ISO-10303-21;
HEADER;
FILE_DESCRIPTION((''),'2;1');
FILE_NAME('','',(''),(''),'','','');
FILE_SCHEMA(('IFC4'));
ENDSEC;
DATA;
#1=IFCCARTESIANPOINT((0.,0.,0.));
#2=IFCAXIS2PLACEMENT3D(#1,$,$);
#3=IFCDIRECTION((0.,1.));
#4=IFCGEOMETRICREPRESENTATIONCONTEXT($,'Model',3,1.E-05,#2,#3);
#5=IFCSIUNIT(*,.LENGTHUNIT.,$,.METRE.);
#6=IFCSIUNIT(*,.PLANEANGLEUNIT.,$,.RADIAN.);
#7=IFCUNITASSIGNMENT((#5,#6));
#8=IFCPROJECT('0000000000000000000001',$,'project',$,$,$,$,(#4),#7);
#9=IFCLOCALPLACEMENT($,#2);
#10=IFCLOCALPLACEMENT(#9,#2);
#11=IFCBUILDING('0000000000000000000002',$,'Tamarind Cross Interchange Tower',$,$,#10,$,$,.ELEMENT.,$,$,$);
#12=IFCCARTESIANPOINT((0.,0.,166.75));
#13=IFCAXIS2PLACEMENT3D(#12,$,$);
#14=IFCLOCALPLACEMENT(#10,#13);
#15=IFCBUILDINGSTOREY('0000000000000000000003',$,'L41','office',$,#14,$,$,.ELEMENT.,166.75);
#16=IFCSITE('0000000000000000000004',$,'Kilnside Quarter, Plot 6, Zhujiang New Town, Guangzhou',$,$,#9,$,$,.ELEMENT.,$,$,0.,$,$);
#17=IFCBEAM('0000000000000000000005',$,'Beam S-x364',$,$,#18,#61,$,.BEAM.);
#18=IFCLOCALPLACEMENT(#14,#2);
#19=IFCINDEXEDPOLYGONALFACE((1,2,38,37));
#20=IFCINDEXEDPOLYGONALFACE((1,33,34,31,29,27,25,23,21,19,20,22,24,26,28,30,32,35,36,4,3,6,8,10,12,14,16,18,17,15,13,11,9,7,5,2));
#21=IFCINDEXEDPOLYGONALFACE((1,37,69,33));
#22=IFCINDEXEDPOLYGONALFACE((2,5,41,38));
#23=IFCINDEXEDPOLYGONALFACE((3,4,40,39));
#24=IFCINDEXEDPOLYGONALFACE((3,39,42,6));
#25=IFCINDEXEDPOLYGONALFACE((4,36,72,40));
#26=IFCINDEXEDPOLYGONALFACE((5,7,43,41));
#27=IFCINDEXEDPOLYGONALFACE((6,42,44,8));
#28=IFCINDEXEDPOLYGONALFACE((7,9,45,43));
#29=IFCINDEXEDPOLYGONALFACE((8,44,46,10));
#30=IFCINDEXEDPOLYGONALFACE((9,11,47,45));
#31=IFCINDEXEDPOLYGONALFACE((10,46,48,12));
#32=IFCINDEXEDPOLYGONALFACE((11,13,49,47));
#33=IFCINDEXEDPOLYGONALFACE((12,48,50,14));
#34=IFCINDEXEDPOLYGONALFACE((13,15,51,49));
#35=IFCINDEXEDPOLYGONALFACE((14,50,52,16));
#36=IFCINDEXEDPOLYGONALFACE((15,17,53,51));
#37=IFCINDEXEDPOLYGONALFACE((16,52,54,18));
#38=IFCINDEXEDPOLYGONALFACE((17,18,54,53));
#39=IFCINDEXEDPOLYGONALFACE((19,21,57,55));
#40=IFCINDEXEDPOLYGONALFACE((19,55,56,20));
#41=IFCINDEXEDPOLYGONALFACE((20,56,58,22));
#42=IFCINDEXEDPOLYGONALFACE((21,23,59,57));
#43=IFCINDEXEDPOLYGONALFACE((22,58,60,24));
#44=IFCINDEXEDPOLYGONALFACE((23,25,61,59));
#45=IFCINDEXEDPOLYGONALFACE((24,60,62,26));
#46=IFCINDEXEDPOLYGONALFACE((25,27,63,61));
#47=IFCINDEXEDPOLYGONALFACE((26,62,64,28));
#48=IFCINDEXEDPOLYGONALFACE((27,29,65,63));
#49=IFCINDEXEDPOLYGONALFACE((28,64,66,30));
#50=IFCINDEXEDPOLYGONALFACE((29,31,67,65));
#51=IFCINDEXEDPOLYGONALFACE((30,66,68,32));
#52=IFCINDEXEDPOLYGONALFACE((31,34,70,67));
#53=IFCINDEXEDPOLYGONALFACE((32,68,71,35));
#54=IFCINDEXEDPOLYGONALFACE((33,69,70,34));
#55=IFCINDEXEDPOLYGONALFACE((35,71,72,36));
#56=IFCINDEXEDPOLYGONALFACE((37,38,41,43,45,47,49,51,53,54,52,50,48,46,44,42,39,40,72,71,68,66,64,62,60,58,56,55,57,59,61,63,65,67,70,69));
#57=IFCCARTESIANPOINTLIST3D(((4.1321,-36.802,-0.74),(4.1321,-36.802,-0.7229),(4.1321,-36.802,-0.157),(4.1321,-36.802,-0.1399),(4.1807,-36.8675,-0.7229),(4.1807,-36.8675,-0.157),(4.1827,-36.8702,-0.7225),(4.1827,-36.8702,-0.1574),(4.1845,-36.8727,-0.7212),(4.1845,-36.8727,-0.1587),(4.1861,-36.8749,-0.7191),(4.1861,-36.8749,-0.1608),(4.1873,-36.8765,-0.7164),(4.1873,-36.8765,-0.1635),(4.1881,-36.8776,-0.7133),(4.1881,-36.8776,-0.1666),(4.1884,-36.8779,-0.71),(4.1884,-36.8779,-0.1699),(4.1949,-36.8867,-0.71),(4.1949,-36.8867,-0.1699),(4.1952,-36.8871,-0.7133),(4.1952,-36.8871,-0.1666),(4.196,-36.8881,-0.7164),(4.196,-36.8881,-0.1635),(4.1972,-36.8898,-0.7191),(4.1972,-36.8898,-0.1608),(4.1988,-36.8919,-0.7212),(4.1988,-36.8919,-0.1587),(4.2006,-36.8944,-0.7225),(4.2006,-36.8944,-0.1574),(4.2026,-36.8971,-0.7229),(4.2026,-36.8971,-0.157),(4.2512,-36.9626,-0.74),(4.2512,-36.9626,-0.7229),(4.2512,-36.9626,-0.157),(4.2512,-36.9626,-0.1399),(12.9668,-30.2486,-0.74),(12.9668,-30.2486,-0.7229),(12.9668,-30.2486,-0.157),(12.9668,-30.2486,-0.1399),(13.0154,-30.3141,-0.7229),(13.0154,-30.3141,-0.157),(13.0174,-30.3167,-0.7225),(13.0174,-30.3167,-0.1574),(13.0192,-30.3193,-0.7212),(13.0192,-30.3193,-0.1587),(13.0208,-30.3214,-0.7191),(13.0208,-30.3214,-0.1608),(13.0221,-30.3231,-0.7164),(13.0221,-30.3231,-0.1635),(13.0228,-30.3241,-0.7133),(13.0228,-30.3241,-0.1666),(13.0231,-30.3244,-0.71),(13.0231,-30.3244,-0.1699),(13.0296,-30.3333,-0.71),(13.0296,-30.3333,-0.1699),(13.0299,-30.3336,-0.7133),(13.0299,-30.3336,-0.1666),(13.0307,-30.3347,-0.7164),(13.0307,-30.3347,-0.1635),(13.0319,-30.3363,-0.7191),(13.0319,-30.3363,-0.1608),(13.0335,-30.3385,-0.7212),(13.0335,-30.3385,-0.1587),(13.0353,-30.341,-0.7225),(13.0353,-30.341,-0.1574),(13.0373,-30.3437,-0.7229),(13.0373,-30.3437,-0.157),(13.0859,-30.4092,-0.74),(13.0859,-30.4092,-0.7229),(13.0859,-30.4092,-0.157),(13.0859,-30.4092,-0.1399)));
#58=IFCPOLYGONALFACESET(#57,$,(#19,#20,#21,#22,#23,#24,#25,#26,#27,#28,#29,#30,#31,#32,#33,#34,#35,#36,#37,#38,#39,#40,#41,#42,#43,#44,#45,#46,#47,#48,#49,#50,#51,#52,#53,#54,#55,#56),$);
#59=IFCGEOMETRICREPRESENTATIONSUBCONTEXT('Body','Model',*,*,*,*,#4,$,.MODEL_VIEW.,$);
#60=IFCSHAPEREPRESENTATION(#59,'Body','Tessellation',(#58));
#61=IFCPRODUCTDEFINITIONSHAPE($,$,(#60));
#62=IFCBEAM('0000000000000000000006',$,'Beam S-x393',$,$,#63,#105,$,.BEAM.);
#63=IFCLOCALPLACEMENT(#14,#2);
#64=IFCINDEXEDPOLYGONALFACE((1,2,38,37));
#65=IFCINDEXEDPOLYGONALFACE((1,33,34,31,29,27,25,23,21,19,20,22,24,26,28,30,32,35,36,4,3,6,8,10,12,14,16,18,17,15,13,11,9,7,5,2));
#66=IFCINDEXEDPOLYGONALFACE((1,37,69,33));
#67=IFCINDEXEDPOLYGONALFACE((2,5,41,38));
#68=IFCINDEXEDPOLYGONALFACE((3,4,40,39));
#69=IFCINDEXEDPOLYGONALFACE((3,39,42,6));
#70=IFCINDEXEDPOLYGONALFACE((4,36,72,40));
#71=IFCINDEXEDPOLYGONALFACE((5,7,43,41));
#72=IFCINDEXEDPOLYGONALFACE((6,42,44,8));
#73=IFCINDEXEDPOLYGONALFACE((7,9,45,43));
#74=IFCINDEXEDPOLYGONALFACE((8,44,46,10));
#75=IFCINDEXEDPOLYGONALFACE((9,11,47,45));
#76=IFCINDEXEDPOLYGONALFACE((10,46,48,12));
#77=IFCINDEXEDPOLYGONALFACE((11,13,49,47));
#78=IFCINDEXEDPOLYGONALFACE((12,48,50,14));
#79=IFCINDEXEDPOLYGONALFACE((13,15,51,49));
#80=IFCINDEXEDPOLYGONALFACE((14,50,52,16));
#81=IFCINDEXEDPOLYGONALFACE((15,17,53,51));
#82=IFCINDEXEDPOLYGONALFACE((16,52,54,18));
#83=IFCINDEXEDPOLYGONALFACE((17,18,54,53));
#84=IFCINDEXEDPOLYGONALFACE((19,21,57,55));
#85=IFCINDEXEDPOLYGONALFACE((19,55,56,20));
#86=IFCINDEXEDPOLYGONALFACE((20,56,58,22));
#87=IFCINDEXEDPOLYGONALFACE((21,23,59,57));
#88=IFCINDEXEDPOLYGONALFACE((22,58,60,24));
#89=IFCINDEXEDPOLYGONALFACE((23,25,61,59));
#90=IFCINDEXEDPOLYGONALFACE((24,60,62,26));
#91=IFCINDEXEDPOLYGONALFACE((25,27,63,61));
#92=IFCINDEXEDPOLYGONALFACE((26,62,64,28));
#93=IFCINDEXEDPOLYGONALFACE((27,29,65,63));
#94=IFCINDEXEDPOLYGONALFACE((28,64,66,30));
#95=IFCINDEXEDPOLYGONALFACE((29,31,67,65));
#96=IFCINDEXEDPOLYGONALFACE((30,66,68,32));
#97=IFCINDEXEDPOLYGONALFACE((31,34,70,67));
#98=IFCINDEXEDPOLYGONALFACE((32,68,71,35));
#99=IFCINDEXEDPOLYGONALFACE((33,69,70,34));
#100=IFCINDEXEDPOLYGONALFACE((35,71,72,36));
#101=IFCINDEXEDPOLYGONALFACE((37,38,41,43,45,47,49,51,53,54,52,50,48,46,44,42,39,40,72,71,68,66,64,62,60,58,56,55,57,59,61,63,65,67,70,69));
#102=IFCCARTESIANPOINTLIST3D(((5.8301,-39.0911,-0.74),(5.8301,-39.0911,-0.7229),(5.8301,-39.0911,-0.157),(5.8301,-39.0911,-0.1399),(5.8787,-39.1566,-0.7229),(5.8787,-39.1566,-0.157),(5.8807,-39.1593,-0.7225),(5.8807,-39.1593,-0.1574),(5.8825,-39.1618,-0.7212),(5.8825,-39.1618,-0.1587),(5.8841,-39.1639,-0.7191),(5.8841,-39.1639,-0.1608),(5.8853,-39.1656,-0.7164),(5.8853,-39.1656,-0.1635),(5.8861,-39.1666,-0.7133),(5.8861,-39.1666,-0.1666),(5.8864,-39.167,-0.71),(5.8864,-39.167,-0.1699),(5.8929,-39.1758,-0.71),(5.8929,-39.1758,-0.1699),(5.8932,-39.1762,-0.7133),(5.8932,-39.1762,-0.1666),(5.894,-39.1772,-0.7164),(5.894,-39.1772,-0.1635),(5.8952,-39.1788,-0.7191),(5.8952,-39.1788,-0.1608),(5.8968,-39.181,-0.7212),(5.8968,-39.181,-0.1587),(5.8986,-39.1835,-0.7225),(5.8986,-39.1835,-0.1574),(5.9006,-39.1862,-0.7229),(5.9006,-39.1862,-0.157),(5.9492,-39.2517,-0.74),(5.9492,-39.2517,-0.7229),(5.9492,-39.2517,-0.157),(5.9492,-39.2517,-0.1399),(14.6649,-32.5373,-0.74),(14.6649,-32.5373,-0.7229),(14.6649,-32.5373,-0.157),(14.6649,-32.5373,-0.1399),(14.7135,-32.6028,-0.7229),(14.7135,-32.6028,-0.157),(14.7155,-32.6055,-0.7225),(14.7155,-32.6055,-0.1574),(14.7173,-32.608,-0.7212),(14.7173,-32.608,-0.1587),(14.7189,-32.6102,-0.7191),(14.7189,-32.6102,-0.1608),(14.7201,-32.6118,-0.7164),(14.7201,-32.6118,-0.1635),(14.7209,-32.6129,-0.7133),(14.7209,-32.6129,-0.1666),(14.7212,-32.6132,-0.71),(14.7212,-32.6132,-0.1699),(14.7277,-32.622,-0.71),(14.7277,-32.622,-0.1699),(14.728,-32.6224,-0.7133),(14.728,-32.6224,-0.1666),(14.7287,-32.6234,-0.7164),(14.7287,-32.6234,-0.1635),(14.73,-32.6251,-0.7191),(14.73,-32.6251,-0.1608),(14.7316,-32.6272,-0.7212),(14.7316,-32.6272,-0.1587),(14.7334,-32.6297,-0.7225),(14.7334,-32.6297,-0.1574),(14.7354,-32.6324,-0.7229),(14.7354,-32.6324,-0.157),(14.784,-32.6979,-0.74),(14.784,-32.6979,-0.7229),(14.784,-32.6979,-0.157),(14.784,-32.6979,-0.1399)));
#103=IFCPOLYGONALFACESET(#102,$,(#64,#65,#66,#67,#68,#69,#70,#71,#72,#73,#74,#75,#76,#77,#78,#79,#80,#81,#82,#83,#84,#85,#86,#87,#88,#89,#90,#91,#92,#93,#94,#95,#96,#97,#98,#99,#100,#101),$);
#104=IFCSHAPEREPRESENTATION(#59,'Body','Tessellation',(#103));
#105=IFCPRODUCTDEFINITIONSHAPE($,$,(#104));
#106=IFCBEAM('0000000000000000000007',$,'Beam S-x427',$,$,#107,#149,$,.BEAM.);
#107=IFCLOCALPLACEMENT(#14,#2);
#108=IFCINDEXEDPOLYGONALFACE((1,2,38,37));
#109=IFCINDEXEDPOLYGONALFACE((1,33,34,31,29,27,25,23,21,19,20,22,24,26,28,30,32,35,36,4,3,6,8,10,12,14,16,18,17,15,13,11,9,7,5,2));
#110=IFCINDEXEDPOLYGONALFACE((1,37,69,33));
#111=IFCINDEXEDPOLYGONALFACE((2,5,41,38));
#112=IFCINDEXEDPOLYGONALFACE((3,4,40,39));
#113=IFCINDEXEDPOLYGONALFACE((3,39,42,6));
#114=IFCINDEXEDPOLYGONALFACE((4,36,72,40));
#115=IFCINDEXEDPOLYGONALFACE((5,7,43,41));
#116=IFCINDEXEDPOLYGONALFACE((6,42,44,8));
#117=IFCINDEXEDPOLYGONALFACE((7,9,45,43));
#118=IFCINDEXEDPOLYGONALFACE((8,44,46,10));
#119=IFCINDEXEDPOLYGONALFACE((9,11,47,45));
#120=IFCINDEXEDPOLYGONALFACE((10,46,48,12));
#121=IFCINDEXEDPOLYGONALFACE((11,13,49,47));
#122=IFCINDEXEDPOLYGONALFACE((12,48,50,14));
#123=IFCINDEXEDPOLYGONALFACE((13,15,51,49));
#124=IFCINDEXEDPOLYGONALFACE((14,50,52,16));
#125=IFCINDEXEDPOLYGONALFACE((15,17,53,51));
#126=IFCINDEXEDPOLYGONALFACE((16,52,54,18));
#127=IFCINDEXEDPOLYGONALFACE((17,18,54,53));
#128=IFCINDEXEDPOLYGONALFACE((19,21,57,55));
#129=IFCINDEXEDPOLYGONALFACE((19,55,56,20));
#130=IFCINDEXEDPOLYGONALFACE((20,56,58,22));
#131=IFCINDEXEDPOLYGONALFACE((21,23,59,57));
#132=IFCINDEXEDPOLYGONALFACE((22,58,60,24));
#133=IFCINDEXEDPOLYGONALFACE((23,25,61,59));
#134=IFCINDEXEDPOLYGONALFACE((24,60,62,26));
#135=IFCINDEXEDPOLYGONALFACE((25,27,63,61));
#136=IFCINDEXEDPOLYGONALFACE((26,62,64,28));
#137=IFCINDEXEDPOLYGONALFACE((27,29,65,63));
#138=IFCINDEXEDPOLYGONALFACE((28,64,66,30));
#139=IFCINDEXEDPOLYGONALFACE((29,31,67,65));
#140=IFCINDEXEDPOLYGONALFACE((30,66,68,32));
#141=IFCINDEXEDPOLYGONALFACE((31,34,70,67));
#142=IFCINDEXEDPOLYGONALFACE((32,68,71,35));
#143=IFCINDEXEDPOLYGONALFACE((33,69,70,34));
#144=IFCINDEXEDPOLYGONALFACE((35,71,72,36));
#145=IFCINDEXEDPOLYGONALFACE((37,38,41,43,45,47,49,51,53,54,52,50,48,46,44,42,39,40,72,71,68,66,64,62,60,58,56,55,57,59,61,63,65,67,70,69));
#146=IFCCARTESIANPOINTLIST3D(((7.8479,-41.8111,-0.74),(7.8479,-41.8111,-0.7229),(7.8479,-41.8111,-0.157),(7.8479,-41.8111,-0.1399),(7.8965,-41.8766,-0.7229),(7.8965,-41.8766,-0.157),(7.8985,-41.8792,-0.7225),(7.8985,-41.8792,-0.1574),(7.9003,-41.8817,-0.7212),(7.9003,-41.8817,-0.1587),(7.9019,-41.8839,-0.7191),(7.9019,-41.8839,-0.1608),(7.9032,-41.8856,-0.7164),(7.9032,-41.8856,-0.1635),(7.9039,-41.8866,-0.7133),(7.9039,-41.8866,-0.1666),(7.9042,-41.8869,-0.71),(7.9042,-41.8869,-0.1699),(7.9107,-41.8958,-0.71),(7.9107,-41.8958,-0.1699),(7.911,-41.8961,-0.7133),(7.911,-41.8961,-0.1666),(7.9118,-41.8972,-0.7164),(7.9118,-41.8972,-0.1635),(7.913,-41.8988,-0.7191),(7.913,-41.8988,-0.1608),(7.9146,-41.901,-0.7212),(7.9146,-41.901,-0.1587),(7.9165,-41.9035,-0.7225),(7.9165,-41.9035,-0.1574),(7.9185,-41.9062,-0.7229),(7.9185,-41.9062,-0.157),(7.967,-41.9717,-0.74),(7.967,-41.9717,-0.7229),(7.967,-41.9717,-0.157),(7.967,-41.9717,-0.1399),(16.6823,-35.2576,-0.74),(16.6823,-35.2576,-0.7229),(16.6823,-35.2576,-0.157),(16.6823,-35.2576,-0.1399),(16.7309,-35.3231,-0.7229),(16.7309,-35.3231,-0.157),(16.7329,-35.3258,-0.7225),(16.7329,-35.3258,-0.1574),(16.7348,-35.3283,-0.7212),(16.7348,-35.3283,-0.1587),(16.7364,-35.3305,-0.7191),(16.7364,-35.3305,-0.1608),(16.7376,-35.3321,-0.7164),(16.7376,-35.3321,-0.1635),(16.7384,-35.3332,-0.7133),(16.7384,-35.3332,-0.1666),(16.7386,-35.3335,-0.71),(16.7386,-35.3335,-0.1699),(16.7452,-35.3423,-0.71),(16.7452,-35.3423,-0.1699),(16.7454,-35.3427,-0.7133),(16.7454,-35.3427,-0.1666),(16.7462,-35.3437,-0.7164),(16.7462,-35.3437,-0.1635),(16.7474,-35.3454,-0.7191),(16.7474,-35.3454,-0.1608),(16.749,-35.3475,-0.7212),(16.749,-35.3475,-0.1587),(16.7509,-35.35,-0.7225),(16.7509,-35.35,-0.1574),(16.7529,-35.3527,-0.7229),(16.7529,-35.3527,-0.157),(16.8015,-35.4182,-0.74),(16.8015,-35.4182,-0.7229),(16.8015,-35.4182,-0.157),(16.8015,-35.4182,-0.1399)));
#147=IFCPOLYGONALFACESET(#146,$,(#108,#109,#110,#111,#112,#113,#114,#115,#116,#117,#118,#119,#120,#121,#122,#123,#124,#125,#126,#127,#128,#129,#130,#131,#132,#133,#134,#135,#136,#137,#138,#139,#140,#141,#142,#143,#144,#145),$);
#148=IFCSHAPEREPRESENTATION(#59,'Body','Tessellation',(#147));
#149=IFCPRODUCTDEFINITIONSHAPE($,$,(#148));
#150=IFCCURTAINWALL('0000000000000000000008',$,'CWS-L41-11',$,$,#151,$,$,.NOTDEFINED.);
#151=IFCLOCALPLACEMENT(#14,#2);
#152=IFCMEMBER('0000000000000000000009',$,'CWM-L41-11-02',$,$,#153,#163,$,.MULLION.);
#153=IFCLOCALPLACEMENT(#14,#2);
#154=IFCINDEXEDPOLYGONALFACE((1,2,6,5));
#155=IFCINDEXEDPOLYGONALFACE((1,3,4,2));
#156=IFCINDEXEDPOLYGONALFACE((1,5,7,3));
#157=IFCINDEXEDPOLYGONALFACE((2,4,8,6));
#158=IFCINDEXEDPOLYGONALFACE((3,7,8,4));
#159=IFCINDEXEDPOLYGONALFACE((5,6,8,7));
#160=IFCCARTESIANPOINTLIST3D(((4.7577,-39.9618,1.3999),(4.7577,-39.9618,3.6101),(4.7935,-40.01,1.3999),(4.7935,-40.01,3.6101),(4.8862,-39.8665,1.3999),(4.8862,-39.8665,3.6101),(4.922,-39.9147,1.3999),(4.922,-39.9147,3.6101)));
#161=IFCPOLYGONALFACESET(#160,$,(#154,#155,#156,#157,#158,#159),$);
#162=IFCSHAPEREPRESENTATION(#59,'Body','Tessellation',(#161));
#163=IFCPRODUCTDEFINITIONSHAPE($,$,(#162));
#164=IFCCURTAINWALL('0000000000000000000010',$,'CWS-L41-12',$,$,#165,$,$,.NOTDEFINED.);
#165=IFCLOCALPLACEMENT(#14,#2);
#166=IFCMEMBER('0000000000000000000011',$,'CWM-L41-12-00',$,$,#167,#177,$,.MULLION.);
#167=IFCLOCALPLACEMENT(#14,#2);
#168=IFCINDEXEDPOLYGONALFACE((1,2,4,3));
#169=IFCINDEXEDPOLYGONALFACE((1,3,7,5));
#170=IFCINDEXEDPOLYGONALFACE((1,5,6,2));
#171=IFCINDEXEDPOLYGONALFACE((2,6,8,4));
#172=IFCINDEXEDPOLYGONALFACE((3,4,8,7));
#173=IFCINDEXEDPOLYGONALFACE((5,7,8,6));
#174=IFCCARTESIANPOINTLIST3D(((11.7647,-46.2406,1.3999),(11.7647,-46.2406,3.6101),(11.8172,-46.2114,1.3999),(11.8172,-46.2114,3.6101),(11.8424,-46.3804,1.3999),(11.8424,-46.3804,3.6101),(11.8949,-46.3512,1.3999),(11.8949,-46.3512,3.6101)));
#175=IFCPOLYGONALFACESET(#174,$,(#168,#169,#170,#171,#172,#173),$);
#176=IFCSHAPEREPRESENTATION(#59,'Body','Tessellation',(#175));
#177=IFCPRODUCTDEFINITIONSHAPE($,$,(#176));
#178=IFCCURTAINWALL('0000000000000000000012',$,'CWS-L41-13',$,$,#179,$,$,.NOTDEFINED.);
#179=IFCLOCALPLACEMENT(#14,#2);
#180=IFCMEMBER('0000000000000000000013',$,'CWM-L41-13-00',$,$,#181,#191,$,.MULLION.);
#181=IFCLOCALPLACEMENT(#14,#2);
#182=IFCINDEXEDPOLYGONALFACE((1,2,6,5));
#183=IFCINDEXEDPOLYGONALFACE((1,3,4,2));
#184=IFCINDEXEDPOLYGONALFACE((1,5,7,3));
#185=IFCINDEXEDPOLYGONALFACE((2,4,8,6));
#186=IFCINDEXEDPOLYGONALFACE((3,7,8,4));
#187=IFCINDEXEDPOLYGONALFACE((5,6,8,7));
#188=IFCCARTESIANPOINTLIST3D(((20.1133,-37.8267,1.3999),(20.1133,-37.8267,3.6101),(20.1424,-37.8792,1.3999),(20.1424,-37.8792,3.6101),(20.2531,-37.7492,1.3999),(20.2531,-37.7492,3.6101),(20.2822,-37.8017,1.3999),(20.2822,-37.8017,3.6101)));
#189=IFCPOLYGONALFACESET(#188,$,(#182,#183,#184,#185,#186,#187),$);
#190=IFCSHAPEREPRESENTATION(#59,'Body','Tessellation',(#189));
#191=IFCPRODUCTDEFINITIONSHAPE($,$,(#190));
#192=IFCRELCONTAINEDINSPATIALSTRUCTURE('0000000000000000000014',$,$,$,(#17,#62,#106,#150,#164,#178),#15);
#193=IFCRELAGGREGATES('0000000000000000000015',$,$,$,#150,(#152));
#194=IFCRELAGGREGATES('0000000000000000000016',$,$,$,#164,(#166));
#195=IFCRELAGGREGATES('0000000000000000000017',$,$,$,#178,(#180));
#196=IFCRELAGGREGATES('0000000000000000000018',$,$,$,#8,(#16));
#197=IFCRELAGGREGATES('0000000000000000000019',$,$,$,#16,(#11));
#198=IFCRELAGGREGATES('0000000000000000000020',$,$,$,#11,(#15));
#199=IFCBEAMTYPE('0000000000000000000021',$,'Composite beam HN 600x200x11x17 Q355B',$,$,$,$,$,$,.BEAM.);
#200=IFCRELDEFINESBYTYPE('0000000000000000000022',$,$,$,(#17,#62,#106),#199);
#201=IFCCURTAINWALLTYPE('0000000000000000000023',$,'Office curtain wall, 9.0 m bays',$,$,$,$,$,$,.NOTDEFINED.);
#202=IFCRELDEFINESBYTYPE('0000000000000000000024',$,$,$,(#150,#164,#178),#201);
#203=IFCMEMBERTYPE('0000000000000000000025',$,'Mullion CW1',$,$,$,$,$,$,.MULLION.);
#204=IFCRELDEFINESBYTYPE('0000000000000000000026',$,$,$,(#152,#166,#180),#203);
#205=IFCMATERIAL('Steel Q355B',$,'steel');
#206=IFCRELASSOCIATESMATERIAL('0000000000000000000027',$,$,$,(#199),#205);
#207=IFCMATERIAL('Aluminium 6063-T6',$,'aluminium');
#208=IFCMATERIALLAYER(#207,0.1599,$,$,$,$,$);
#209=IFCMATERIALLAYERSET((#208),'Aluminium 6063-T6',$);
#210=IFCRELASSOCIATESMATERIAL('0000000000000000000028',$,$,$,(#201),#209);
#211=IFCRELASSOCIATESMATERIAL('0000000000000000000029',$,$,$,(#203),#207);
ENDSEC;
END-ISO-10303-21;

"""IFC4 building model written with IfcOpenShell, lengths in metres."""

from ifc_helpers import new_model, si_unit, direction, frame, origin, origin_2d, place, context, subcontext, project, spatial, rectangle, i_section, extrude, material, layer, layer_set, material_profile, profile_set, type_object, element, aggregate, save


model = new_model("IFC4")

# Units and contexts
model_context = context("Model", 3, precision=1e-05, world=origin(), true_north=direction((0.0, 1.0)))
body_context = subcontext(model_context, "Body", "Model", "MODEL_VIEW")
ifc_project = project(units=[si_unit("LENGTHUNIT", "METRE"), si_unit("PLANEANGLEUNIT", "RADIAN")], contexts=[model_context])

# Site, building, storey
site_placement = place(None, origin())
site = spatial("IfcSite", under=ifc_project, at=site_placement, Name="Kilnside Quarter, Plot 6, Zhujiang New Town, Guangzhou", CompositionType="ELEMENT", RefElevation=0.0)
building_placement = place(site_placement, origin())
building = spatial("IfcBuilding", under=site, at=building_placement, Name="Tamarind Cross Interchange Tower", CompositionType="ELEMENT")
storey_placement = place(building_placement, frame((0.0, 0.0, 166.75)))
storey = spatial("IfcBuildingStorey", under=building, at=storey_placement, Name="L41", Description="office", CompositionType="ELEMENT", Elevation=166.75)

# Beams
ifc_material_1 = material(Name="Steel Q355B", Category="steel")
ifc_material_profile_1 = material_profile(ifc_material_1, i_section(OverallWidth=0.2, OverallDepth=0.6001, WebThickness=0.011, FlangeThickness=0.0171, FilletRadius=0.0129, at=origin_2d()), Name="HN 600x200x11x17")
ifc_profile_set_1 = profile_set([ifc_material_profile_1], Name="Steel Q355B")
beam_type_1 = type_object("IfcBeamType", Name="Composite beam HN 600x200x11x17 Q355B", PredefinedType="BEAM", material=ifc_profile_set_1)
beam_1_placement = place(storey_placement, frame((4.1917, -36.8823, -0.4399), z_axis=(0.803156, 0.595769, 0.0), x_axis=(-0.595769, 0.803156, 0.0)))
element("IfcBeam", 1, at=beam_1_placement, inside=storey, type_object=beam_type_1, Name="Beam S-x364", PredefinedType="BEAM", context=body_context, shape_type="SweptSolid", body=[
    extrude(i_section(OverallWidth=0.2, OverallDepth=0.6001, WebThickness=0.011, FlangeThickness=0.0171, FilletRadius=0.0129, at=origin_2d()), origin(), (0.0, 0.0, 1.0), 11.0),
])
beam_2_placement = place(storey_placement, frame((5.8896, -39.1714, -0.4399), z_axis=(0.803145, 0.595784, 0.0), x_axis=(-0.595784, 0.803145, 0.0)))
element("IfcBeam", 2, at=beam_2_placement, inside=storey, type_object=beam_type_1, Name="Beam S-x393", PredefinedType="BEAM", context=body_context, shape_type="SweptSolid", body=[
    extrude(i_section(OverallWidth=0.2, OverallDepth=0.6001, WebThickness=0.011, FlangeThickness=0.0171, FilletRadius=0.0129, at=origin_2d()), origin(), (0.0, 0.0, 1.0), 11.0002),
])
beam_3_placement = place(storey_placement, frame((7.9075, -41.8914, -0.4399), z_axis=(0.803148, 0.59578, 0.0), x_axis=(-0.59578, 0.803148, 0.0)))
element("IfcBeam", 3, at=beam_3_placement, inside=storey, type_object=beam_type_1, Name="Beam S-x427", PredefinedType="BEAM", context=body_context, shape_type="SweptSolid", body=[
    extrude(i_section(OverallWidth=0.2, OverallDepth=0.6001, WebThickness=0.011, FlangeThickness=0.0171, FilletRadius=0.0129, at=origin_2d()), origin(), (0.0, 0.0, 1.0), 10.9998),
])

# Curtain walls, members
ifc_material_2 = material(Name="Aluminium 6063-T6", Category="aluminium")
ifc_layer_1 = layer(ifc_material_2, 0.1599)
ifc_layer_set_1 = layer_set([ifc_layer_1], Name="Aluminium 6063-T6")
curtain_wall_type = type_object("IfcCurtainWallType", Name="Office curtain wall, 9.0 m bays", PredefinedType="NOTDEFINED", material=ifc_layer_set_1)
curtain_wall_1_placement = place(storey_placement, origin())
curtain_wall_1 = element("IfcCurtainWall", 4, at=curtain_wall_1_placement, inside=storey, type_object=curtain_wall_type, Name="CWS-L41-11", PredefinedType="NOTDEFINED")
ifc_material_profile_2 = material_profile(ifc_material_2, rectangle(XDim=0.0601, YDim=0.1599, at=origin_2d()), Name="Mullion CW1")
ifc_profile_set_2 = profile_set([ifc_material_profile_2], Name="Aluminium 6063-T6")
member_type = type_object("IfcMemberType", Name="Mullion CW1", PredefinedType="MULLION", material=ifc_profile_set_2)
member_1_placement = place(storey_placement, frame((4.8398, -39.9382, 1.3999), z_axis=(0.0, 0.0, 1.0), x_axis=(0.595776, -0.80315, 0.0)))
member_1 = element("IfcMember", 5, at=member_1_placement, type_object=member_type, Name="CWM-L41-11-02", PredefinedType="MULLION", context=body_context, shape_type="SweptSolid", body=[
    extrude(rectangle(XDim=0.0601, YDim=0.1599, at=origin_2d()), origin(), (0.0, 0.0, 1.0), 2.2102),
])
aggregate(curtain_wall_1, [member_1])
curtain_wall_2_placement = place(storey_placement, origin())
curtain_wall_2 = element("IfcCurtainWall", 6, at=curtain_wall_2_placement, inside=storey, type_object=curtain_wall_type, Name="CWS-L41-12", PredefinedType="NOTDEFINED")
member_2_placement = place(storey_placement, frame((11.8298, -46.2959, 1.3999), z_axis=(0.0, 0.0, 1.0), x_axis=(0.874044, 0.485847, 0.0)))
member_2 = element("IfcMember", 7, at=member_2_placement, type_object=member_type, Name="CWM-L41-12-00", PredefinedType="MULLION", context=body_context, shape_type="SweptSolid", body=[
    extrude(rectangle(XDim=0.0601, YDim=0.1599, at=origin_2d()), origin(), (0.0, 0.0, 1.0), 2.2102),
])
aggregate(curtain_wall_2, [member_2])
curtain_wall_3_placement = place(storey_placement, origin())
curtain_wall_3 = element("IfcCurtainWall", 8, at=curtain_wall_3_placement, inside=storey, type_object=curtain_wall_type, Name="CWS-L41-13", PredefinedType="NOTDEFINED")
member_3_placement = place(storey_placement, frame((20.1978, -37.8142, 1.3999), z_axis=(0.0, 0.0, 1.0), x_axis=(-0.484783, 0.874634, 0.0)))
member_3 = element("IfcMember", 9, at=member_3_placement, type_object=member_type, Name="CWM-L41-13-00", PredefinedType="MULLION", context=body_context, shape_type="SweptSolid", body=[
    extrude(rectangle(XDim=0.0601, YDim=0.1599, at=origin_2d()), origin(), (0.0, 0.0, 1.0), 2.2102),
])
aggregate(curtain_wall_3, [member_3])

save(model, "model.ifc")
